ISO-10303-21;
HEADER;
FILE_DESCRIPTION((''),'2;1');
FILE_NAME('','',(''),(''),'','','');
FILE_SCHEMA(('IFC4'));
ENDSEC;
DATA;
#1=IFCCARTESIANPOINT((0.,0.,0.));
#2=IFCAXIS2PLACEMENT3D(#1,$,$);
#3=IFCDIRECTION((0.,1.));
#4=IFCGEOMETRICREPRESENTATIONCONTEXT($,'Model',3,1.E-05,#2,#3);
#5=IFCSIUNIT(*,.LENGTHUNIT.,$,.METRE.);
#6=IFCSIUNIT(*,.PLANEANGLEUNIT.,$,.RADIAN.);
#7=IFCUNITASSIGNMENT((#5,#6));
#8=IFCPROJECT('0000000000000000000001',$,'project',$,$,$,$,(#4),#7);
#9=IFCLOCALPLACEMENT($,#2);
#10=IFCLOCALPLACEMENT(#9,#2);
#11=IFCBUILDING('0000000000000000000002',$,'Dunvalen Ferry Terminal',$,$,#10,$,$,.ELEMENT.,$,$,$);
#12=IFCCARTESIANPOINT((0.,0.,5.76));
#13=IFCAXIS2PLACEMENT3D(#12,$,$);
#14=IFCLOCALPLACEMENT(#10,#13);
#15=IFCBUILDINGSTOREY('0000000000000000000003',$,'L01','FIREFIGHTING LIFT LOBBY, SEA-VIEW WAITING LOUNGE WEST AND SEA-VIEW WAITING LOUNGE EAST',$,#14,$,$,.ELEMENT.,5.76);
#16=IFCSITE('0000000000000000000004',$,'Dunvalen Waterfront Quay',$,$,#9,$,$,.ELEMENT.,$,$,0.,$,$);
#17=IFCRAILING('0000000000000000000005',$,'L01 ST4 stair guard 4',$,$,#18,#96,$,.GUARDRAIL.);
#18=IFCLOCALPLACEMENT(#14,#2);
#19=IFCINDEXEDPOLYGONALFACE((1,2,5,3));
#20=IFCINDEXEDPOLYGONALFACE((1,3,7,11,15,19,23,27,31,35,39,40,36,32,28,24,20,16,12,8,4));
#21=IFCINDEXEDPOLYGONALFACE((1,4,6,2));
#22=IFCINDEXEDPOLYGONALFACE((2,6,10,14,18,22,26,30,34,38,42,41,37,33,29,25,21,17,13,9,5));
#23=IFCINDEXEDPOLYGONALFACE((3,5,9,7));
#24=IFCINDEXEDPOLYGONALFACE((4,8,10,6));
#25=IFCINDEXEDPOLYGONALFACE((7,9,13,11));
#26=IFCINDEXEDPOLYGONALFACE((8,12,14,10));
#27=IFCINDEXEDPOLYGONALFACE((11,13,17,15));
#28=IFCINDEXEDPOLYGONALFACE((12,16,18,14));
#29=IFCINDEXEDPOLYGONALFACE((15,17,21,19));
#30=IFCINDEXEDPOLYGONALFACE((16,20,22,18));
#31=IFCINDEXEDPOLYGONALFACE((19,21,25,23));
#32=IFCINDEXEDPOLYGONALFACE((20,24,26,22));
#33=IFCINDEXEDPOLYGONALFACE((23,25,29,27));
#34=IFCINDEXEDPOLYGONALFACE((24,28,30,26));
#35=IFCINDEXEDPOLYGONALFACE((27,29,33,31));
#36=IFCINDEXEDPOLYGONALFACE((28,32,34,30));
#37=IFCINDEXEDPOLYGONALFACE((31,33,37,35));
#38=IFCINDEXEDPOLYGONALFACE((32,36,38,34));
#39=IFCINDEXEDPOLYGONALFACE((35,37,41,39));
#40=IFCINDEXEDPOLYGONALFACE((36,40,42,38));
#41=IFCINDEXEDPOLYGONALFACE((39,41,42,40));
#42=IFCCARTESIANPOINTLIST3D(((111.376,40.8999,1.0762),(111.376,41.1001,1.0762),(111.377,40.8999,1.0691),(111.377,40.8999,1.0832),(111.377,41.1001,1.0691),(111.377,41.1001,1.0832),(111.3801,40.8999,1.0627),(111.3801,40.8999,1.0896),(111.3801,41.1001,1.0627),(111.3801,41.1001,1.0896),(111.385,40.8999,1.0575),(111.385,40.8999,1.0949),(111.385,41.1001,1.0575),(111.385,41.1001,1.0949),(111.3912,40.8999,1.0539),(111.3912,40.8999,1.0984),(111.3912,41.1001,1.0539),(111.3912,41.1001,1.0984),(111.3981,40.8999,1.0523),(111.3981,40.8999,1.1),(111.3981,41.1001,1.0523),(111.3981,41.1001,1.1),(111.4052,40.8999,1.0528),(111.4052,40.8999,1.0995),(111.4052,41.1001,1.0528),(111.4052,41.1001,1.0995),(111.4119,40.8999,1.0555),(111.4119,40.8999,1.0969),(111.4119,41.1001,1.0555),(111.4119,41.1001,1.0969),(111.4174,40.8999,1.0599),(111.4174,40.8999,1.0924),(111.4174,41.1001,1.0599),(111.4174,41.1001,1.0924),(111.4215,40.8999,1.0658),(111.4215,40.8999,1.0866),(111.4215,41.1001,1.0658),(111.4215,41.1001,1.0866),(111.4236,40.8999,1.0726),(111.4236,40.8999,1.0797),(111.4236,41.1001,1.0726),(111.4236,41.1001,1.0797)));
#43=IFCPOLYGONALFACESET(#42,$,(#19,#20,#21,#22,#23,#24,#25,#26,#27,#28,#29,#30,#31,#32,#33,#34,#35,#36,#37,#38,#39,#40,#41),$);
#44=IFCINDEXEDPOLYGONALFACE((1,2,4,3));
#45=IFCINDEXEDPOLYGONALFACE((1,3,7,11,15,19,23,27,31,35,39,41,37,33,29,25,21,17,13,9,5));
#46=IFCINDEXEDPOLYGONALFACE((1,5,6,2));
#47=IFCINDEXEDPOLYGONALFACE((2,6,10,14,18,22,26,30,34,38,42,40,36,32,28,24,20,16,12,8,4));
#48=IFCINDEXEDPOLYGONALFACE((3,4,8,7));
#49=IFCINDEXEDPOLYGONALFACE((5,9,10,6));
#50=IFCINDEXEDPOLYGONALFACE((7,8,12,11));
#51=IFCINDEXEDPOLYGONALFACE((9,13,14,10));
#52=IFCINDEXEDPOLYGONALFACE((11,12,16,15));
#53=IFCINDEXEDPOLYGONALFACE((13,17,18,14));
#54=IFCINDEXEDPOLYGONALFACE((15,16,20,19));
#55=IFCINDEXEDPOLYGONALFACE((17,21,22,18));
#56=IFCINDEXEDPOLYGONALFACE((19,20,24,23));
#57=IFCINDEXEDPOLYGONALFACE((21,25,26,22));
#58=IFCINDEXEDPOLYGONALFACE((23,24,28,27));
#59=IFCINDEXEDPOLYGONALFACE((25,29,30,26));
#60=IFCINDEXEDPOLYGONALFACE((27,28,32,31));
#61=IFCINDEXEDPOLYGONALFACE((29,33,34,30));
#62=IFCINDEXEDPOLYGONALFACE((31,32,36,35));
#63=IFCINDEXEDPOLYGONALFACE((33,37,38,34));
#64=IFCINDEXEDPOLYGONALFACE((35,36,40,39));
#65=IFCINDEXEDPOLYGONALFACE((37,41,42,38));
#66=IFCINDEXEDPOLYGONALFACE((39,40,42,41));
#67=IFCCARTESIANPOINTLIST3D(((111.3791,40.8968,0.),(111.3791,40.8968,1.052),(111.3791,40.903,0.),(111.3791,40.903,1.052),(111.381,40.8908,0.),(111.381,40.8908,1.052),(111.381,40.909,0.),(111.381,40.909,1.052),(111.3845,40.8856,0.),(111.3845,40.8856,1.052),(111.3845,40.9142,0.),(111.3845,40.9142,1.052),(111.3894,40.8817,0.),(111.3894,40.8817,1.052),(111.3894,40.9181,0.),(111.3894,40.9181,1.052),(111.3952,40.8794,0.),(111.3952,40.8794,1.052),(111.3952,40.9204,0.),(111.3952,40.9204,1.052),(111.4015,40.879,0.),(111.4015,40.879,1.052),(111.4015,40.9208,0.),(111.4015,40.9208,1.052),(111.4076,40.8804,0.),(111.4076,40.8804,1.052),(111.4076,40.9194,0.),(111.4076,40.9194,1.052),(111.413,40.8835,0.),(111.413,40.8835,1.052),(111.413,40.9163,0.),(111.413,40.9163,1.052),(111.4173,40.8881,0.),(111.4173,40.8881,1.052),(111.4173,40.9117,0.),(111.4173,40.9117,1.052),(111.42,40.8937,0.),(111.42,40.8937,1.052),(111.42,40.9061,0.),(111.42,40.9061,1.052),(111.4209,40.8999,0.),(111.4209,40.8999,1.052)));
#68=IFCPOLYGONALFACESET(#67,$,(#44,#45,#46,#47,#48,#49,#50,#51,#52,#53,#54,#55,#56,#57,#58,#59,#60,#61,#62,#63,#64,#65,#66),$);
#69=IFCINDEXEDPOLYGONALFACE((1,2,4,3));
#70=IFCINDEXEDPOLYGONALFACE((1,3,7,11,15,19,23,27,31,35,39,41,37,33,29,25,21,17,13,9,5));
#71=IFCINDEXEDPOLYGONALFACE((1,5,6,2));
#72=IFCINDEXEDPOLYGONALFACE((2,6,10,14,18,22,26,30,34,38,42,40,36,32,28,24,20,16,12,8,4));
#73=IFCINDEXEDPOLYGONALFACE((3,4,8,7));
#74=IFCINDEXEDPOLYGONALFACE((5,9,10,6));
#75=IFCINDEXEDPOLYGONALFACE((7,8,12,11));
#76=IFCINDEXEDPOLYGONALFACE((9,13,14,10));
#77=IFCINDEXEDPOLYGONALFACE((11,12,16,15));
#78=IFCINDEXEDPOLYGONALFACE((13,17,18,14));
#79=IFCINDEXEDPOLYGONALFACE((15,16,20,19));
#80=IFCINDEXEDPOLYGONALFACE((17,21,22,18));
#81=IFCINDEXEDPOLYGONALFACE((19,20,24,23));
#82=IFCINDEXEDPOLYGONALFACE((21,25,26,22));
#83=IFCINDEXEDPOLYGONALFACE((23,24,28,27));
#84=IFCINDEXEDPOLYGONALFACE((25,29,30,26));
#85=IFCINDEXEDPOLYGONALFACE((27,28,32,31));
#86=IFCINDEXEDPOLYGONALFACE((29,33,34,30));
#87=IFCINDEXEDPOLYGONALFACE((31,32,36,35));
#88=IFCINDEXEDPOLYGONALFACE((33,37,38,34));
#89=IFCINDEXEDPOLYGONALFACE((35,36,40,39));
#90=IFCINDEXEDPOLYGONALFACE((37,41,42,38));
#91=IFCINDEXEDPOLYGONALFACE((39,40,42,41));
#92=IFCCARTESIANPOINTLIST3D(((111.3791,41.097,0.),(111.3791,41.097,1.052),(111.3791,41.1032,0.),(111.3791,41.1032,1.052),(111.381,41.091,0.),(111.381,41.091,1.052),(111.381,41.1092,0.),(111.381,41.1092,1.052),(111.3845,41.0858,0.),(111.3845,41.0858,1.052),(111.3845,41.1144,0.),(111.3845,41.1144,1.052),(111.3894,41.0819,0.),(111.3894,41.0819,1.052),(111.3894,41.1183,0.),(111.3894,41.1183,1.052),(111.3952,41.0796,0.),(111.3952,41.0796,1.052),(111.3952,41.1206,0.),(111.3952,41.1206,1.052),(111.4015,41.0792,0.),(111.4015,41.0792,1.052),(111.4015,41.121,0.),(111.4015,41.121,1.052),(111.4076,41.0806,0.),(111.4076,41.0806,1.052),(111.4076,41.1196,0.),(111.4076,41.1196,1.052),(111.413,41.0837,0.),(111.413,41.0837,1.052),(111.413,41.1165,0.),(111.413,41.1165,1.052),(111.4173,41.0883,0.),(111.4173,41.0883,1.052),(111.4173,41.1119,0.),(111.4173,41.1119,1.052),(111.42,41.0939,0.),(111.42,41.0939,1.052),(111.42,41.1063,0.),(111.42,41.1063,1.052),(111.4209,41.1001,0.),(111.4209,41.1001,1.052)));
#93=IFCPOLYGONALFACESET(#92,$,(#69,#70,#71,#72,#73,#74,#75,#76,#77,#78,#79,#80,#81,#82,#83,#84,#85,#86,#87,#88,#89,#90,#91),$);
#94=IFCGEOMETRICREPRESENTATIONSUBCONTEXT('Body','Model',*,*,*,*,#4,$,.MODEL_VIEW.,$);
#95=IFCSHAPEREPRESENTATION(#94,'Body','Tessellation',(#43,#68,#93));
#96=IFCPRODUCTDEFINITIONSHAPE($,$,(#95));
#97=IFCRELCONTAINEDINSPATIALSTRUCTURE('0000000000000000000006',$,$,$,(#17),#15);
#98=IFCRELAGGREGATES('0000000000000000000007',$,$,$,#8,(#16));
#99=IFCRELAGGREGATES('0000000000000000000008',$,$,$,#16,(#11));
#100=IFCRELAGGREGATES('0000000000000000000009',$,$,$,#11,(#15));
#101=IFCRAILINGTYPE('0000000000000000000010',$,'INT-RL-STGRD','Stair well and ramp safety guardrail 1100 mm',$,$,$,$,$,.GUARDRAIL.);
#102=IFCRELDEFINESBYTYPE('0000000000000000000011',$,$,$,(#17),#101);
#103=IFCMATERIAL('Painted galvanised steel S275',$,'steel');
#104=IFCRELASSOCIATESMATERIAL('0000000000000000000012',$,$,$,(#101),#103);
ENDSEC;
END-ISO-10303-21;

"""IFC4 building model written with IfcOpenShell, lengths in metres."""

from ifc_helpers import new_model, si_unit, direction, frame, origin, origin_2d, place, context, subcontext, project, spatial, circle, extrude, material, type_object, element, save


model = new_model("IFC4")

# Units and contexts
model_context = context("Model", 3, precision=1e-05, world=origin(), true_north=direction((0.0, 1.0)))
body_context = subcontext(model_context, "Body", "Model", "MODEL_VIEW")
ifc_project = project(units=[si_unit("LENGTHUNIT", "METRE"), si_unit("PLANEANGLEUNIT", "RADIAN")], contexts=[model_context])

# Site, building, storey
site_placement = place(None, origin())
site = spatial("IfcSite", under=ifc_project, at=site_placement, Name="Dunvalen Waterfront Quay", CompositionType="ELEMENT", RefElevation=0.0)
building_placement = place(site_placement, origin())
building = spatial("IfcBuilding", under=site, at=building_placement, Name="Dunvalen Ferry Terminal", CompositionType="ELEMENT")
storey_placement = place(building_placement, frame((0.0, 0.0, 5.76)))
storey = spatial("IfcBuildingStorey", under=building, at=storey_placement, Name="L01", Description="FIREFIGHTING LIFT LOBBY, SEA-VIEW WAITING LOUNGE WEST AND SEA-VIEW WAITING LOUNGE EAST", CompositionType="ELEMENT", Elevation=5.76)

# Railing
ifc_material_1 = material(Name="Painted galvanised steel S275", Category="steel")
railing_type_1 = type_object("IfcRailingType", Name="INT-RL-STGRD", Description="Stair well and ramp safety guardrail 1100 mm", PredefinedType="GUARDRAIL", material=ifc_material_1)
railing_1_placement = place(storey_placement, frame((111.3999, 40.8999, 0.0)))
element("IfcRailing", 1, at=railing_1_placement, inside=storey, type_object=railing_type_1, Name="L01 ST4 stair guard 4", PredefinedType="GUARDRAIL", context=body_context, shape_type="SweptSolid", body=[
    extrude(circle(Radius=0.0239, at=origin_2d()), frame((0.0, 0.0, 1.0762), z_axis=(0.0, 1.0, 0.0), x_axis=(-1.0, 0.0, 0.0)), (0.0, 0.0, 1.0), 0.2002),
    extrude(circle(Radius=0.021, at=origin_2d()), origin(), (0.0, 0.0, 1.0), 1.052),
    extrude(circle(Radius=0.021, at=origin_2d()), frame((0.0, 0.2002, 0.0)), (0.0, 0.0, 1.0), 1.052),
])

save(model, "model.ifc")
